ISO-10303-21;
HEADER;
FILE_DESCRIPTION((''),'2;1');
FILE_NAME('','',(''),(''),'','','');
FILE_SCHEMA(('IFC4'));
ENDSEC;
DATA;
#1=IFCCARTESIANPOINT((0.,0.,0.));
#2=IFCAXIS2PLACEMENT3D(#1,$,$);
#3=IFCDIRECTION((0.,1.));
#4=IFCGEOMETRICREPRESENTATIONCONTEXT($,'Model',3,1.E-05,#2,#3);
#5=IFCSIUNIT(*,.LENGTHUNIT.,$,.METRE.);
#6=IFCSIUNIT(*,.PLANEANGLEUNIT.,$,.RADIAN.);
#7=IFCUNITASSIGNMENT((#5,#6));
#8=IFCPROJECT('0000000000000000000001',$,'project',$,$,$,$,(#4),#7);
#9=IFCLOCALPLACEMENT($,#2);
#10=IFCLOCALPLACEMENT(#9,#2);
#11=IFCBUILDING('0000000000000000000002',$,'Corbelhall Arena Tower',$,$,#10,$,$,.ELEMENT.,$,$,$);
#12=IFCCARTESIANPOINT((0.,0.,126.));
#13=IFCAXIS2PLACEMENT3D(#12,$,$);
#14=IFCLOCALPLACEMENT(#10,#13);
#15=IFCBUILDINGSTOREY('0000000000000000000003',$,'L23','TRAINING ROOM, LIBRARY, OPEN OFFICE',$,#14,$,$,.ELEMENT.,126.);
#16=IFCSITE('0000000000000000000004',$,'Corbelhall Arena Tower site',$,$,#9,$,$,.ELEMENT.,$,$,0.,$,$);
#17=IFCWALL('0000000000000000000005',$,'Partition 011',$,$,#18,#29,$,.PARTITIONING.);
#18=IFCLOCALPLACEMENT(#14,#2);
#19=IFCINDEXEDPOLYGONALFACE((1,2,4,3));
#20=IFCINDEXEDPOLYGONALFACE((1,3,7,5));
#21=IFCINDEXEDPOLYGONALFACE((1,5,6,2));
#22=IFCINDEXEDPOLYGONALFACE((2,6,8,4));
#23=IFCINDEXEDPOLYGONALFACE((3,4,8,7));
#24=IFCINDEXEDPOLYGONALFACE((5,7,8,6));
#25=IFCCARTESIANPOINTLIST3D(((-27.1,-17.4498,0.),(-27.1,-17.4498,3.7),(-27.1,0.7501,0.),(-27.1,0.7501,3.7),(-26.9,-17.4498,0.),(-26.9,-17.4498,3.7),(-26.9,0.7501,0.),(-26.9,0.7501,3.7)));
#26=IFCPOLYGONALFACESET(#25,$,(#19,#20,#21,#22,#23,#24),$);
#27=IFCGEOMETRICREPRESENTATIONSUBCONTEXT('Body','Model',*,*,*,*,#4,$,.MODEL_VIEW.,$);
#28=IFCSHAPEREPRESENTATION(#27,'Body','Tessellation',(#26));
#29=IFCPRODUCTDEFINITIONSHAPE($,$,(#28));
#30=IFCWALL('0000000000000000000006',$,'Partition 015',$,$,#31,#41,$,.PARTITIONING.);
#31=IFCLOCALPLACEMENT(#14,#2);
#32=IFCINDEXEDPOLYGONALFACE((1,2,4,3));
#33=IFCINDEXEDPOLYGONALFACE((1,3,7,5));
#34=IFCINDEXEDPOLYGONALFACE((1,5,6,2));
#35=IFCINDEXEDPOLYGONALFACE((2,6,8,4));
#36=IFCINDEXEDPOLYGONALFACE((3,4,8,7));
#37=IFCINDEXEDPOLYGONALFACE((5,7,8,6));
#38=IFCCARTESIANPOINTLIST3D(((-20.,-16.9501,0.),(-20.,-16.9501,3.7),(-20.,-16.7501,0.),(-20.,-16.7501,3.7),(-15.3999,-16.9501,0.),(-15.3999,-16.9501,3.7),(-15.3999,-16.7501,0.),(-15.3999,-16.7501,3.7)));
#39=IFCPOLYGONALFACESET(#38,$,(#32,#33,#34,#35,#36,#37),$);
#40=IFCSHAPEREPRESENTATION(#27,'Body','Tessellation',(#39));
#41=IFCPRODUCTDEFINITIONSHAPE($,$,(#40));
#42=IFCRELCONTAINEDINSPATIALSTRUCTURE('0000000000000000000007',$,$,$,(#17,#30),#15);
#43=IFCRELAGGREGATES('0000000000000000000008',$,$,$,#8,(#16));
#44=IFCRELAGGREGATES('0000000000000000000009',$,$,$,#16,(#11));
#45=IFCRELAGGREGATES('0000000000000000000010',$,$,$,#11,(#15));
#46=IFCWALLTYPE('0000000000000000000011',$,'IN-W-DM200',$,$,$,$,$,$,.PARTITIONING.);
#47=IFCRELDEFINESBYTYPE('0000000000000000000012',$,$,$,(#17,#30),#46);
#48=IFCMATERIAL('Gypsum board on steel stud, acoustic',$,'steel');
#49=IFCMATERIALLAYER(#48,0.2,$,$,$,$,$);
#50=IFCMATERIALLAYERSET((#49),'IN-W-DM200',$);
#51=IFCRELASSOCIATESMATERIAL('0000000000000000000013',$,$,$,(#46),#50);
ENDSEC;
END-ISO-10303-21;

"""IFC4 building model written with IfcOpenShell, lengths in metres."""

from ifc_helpers import new_model, si_unit, direction, frame, frame_2d, origin, place, context, subcontext, project, spatial, rectangle, extrude, material, layer, layer_set, type_object, element, save


model = new_model("IFC4")

# Units and contexts
model_context = context("Model", 3, precision=1e-05, world=origin(), true_north=direction((0.0, 1.0)))
body_context = subcontext(model_context, "Body", "Model", "MODEL_VIEW")
ifc_project = project(units=[si_unit("LENGTHUNIT", "METRE"), si_unit("PLANEANGLEUNIT", "RADIAN")], contexts=[model_context])

# Site, building, storey
site_placement = place(None, origin())
site = spatial("IfcSite", under=ifc_project, at=site_placement, Name="Corbelhall Arena Tower site", CompositionType="ELEMENT", RefElevation=0.0)
building_placement = place(site_placement, origin())
building = spatial("IfcBuilding", under=site, at=building_placement, Name="Corbelhall Arena Tower", CompositionType="ELEMENT")
storey_placement = place(building_placement, frame((0.0, 0.0, 126.0)))
storey = spatial("IfcBuildingStorey", under=building, at=storey_placement, Name="L23", Description="TRAINING ROOM, LIBRARY, OPEN OFFICE", CompositionType="ELEMENT", Elevation=126.0)

# Walls
ifc_material_1 = material(Name="Gypsum board on steel stud, acoustic", Category="steel")
ifc_layer_1 = layer(ifc_material_1, 0.2)
ifc_layer_set_1 = layer_set([ifc_layer_1], Name="IN-W-DM200")
wall_type_1 = type_object("IfcWallType", Name="IN-W-DM200", PredefinedType="PARTITIONING", material=ifc_layer_set_1)
wall_1_placement = place(storey_placement, frame((-27.0, -17.45, 0.0), z_axis=(0.0, 0.0, 1.0), x_axis=(0.0, 1.0, 0.0)))
element("IfcWall", 1, at=wall_1_placement, inside=storey, type_object=wall_type_1, Name="Partition 011", PredefinedType="PARTITIONING", context=body_context, shape_type="SweptSolid", body=[
    extrude(rectangle(XDim=18.2, YDim=0.2, at=frame_2d((9.1001, 0.0))), origin(), (0.0, 0.0, 1.0), 3.7),
])
wall_2_placement = place(storey_placement, frame((-20.0, -16.8501, 0.0), z_axis=(0.0, 0.0, 1.0), x_axis=(1.0, 0.0, 0.0)))
element("IfcWall", 2, at=wall_2_placement, inside=storey, type_object=wall_type_1, Name="Partition 015", PredefinedType="PARTITIONING", context=body_context, shape_type="SweptSolid", body=[
    extrude(rectangle(XDim=4.6001, YDim=0.2, at=frame_2d((2.3, 0.0))), origin(), (0.0, 0.0, 1.0), 3.7),
])

save(model, "model.ifc")
